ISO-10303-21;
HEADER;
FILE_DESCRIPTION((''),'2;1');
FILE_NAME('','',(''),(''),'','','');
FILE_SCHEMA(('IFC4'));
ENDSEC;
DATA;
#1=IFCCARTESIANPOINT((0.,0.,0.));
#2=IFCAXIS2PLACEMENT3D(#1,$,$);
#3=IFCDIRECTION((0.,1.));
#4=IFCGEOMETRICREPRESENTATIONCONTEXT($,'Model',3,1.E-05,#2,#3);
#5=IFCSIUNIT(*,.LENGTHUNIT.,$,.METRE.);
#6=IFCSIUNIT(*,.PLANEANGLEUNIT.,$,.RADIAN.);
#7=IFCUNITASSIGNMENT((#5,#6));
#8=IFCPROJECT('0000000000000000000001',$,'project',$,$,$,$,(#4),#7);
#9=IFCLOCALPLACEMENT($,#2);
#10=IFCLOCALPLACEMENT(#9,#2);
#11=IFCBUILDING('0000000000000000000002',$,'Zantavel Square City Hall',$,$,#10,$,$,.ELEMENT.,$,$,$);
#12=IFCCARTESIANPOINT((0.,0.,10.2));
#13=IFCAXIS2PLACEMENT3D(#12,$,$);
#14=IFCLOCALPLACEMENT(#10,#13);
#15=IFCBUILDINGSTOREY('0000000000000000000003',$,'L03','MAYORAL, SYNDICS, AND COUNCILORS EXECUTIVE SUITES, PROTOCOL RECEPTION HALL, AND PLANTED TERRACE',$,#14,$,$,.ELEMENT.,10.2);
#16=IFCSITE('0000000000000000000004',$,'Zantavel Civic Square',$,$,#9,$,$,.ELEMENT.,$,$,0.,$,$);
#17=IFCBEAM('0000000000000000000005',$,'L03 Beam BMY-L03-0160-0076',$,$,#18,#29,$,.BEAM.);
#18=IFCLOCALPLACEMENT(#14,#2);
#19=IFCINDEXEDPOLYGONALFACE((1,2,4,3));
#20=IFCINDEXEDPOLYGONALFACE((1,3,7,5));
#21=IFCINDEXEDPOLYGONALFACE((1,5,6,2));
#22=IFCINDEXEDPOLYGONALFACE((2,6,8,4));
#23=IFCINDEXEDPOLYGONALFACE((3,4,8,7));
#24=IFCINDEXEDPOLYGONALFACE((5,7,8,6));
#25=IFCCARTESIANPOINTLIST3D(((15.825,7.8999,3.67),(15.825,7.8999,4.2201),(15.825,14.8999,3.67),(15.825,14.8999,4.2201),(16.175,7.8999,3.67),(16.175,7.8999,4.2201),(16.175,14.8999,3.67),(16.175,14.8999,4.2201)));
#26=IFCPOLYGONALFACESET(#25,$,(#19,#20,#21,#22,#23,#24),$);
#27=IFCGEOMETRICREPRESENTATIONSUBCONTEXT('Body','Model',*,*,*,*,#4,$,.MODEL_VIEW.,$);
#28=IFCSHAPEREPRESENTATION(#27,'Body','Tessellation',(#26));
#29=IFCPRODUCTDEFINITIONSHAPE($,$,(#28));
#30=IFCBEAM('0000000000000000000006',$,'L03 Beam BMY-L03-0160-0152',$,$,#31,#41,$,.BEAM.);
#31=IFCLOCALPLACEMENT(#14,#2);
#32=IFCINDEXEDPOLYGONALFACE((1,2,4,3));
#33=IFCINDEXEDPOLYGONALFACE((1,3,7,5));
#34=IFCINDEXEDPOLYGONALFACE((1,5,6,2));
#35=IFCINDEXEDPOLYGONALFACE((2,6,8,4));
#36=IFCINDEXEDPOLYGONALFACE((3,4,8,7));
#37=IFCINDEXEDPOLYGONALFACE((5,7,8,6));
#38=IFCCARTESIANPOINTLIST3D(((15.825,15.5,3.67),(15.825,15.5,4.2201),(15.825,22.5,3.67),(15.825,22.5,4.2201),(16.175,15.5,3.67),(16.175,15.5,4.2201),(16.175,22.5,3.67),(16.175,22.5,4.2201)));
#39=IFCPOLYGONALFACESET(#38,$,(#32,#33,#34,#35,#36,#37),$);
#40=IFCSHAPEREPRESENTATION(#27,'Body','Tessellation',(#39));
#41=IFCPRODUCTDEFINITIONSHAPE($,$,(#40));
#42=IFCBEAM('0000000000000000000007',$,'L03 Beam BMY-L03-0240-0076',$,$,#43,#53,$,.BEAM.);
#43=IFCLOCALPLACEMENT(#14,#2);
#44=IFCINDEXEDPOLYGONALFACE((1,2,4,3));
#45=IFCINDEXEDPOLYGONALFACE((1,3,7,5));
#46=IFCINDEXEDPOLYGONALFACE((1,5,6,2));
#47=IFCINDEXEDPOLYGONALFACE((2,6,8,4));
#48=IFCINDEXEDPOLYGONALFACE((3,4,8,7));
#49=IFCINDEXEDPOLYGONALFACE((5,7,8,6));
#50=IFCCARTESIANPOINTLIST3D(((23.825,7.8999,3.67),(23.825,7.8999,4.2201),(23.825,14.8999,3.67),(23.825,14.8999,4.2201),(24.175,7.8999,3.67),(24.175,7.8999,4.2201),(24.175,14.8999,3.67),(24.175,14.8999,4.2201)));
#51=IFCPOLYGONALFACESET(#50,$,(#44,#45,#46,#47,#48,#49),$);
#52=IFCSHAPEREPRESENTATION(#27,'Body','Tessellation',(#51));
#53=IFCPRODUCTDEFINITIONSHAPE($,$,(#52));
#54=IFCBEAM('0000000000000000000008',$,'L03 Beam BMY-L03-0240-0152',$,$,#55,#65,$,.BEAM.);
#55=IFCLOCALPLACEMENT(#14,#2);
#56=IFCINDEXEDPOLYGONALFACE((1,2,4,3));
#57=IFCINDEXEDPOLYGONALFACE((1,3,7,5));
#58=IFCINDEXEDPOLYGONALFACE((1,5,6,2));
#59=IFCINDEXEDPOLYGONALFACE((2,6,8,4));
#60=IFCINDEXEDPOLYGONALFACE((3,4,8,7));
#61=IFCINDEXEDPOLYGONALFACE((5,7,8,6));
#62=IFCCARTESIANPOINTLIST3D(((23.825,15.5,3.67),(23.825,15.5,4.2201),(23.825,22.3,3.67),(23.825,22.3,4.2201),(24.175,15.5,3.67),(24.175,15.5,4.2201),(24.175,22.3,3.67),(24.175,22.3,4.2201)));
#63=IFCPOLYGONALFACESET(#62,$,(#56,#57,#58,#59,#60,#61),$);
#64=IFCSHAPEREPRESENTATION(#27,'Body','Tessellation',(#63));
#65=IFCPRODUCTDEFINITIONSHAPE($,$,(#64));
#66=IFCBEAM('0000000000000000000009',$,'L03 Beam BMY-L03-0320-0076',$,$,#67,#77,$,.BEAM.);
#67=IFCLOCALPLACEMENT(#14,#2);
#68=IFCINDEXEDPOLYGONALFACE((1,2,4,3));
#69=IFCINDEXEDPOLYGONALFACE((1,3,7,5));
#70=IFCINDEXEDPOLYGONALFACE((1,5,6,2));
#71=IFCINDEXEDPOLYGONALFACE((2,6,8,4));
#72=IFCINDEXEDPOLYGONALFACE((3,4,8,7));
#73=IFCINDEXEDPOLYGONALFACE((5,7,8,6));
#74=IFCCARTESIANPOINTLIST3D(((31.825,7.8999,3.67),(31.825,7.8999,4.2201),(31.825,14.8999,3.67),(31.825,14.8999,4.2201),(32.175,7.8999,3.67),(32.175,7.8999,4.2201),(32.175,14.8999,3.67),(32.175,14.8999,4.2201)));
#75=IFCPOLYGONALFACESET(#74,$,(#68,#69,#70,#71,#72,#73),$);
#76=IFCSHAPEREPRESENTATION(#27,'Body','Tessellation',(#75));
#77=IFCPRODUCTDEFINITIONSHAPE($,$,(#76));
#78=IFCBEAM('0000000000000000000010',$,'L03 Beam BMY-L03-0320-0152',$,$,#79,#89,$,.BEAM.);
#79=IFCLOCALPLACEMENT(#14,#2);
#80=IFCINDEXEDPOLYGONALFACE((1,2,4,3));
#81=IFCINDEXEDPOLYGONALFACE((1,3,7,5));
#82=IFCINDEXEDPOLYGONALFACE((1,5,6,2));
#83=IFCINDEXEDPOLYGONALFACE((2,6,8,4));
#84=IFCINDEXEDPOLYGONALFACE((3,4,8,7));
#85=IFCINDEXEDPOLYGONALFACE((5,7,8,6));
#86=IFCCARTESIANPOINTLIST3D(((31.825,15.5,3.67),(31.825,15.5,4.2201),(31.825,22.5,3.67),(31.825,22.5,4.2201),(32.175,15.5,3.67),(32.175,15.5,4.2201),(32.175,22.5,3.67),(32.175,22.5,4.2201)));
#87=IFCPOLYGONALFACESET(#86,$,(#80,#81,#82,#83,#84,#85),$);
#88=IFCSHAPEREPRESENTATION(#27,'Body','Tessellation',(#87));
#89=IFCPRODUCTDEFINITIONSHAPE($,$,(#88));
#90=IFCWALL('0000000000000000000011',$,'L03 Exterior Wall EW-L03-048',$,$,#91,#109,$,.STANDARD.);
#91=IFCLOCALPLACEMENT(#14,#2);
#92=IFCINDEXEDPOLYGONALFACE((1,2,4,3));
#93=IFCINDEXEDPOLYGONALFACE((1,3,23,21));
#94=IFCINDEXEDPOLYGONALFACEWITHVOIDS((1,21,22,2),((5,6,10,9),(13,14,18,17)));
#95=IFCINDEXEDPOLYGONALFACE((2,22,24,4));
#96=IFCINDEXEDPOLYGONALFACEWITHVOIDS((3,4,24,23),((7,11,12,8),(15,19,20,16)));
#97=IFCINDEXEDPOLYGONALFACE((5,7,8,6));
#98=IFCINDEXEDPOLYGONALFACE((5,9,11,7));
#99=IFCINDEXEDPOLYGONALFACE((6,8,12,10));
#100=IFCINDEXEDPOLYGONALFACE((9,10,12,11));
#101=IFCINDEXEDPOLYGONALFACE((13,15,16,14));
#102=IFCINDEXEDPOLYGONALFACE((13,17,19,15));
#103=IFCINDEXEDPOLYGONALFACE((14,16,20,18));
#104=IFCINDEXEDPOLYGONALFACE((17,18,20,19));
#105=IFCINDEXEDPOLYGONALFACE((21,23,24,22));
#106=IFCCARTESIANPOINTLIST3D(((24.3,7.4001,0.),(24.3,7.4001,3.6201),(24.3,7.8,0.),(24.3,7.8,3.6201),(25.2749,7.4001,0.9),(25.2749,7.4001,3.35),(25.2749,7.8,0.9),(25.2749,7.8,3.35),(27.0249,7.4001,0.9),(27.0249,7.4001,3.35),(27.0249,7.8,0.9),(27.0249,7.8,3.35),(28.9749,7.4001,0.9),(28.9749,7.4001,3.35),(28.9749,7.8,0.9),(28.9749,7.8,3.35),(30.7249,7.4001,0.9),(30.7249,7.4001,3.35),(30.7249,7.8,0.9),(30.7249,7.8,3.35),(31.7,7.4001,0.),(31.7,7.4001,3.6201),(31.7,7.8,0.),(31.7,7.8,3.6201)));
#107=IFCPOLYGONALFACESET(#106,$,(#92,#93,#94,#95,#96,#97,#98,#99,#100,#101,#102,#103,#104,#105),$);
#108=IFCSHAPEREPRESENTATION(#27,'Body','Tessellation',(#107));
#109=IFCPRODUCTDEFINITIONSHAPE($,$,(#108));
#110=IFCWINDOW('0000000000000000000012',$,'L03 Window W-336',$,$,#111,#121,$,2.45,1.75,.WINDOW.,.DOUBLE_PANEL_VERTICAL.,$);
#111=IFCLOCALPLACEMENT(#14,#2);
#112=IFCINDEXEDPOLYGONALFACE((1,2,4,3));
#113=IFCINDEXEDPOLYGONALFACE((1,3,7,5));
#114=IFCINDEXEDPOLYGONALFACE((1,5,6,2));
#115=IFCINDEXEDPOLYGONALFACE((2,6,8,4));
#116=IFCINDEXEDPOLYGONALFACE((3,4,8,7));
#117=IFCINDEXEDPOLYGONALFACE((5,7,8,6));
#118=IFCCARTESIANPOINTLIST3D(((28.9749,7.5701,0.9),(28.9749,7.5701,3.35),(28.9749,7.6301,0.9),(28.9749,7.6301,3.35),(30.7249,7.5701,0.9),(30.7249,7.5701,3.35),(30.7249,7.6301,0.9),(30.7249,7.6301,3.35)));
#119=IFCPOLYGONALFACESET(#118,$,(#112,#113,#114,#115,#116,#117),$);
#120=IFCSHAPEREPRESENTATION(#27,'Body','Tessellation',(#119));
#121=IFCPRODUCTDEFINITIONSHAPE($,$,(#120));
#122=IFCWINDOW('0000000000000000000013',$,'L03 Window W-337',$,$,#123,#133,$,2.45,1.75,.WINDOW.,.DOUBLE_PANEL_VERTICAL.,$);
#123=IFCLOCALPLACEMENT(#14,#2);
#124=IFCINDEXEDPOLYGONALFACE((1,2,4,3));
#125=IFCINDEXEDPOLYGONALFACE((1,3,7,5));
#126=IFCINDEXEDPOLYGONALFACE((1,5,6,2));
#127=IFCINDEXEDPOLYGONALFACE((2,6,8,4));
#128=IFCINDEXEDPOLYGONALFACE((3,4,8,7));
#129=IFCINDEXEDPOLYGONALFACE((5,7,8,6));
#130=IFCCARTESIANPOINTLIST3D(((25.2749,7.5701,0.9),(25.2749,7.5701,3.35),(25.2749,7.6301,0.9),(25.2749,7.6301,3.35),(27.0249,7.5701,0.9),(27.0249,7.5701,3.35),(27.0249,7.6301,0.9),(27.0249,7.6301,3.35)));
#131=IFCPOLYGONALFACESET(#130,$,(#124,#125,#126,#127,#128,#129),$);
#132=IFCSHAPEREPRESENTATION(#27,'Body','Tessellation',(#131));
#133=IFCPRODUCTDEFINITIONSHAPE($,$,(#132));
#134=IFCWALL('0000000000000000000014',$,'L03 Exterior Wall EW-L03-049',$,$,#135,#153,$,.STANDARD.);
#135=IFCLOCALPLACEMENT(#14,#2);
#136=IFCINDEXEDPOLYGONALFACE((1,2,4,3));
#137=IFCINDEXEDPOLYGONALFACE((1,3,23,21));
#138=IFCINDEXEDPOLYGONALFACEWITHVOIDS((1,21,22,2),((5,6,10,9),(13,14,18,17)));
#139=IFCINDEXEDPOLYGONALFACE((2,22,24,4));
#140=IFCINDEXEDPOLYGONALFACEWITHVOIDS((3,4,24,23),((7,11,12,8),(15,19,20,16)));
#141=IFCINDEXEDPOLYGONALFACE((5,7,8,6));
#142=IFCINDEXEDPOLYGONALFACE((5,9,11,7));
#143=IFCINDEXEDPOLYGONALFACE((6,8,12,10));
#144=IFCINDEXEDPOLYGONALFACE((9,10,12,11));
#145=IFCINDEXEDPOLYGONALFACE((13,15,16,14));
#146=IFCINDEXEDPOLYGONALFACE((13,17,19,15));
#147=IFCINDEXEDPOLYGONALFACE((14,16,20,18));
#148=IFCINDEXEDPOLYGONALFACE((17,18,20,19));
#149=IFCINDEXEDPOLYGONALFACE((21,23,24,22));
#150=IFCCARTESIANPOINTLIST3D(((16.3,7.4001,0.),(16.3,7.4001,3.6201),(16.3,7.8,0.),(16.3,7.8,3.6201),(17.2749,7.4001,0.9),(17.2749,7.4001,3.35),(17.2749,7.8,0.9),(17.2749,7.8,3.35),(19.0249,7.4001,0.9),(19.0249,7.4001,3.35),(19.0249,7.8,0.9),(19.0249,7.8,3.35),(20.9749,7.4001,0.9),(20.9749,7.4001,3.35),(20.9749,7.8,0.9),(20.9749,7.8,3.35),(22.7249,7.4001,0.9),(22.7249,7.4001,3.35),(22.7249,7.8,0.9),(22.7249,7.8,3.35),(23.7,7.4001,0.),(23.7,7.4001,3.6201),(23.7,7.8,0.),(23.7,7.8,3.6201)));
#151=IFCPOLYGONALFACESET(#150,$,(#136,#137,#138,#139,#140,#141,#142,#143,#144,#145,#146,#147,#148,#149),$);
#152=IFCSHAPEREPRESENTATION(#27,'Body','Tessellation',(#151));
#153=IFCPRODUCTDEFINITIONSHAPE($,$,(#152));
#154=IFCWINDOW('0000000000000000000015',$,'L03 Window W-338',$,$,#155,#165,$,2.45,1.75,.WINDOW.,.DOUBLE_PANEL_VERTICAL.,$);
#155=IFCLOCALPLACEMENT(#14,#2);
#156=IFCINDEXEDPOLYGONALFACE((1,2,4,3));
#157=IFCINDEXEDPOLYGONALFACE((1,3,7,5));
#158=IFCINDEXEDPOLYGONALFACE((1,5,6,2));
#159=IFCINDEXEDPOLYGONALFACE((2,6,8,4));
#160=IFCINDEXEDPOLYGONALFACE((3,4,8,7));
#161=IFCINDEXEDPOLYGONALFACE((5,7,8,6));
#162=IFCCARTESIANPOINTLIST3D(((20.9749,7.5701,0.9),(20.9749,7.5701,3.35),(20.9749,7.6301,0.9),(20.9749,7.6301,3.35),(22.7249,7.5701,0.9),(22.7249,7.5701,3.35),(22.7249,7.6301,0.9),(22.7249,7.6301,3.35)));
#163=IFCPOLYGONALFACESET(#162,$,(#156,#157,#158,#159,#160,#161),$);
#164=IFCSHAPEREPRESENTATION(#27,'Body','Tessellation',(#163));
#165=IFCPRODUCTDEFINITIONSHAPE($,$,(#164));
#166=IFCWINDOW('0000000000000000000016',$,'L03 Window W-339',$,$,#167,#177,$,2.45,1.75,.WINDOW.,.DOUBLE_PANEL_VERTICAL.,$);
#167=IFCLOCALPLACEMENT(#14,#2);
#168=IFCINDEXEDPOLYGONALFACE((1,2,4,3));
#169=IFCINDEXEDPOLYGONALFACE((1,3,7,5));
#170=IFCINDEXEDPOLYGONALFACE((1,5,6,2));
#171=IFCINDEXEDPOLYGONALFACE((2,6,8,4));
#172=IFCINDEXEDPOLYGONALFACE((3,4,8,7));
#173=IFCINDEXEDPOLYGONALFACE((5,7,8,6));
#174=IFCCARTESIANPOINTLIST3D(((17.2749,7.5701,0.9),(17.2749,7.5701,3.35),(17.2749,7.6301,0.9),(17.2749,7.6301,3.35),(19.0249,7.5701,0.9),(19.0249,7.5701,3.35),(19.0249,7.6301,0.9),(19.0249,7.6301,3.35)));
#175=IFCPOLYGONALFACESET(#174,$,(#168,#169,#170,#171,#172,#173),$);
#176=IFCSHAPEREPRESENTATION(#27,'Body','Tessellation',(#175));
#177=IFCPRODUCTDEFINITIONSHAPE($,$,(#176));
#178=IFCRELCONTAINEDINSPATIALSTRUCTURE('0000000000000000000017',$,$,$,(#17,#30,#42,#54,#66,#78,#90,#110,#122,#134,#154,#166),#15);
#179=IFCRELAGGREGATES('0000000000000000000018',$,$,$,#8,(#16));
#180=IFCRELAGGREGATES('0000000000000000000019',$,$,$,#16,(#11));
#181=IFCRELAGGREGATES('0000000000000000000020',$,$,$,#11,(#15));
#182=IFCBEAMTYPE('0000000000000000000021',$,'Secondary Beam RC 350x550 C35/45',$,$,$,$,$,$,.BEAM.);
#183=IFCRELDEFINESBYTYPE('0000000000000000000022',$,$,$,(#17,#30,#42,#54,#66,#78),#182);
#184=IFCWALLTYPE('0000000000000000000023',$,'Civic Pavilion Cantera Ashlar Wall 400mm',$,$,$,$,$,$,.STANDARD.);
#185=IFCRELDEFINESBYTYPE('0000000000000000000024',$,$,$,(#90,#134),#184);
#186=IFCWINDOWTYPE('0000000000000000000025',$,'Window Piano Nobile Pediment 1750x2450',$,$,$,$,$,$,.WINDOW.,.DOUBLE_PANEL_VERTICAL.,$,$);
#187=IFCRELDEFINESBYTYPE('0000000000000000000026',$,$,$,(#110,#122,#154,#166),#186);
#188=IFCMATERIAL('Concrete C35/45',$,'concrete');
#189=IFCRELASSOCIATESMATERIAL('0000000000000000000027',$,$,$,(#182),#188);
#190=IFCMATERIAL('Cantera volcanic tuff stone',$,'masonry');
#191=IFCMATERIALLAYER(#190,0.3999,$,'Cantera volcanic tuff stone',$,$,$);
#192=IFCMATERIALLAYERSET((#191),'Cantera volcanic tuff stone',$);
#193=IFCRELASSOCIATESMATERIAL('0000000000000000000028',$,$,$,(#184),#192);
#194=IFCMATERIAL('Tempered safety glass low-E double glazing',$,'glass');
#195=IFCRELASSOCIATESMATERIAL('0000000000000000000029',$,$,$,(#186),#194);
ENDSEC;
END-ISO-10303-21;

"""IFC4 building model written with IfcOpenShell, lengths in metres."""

from ifc_helpers import new_model, si_unit, direction, frame, frame_2d, origin, origin_2d, place, context, subcontext, project, spatial, rectangle, extrude, material, layer, layer_set, material_profile, profile_set, type_object, element, fill, save


model = new_model("IFC4")

# Units and contexts
model_context = context("Model", 3, precision=1e-05, world=origin(), true_north=direction((0.0, 1.0)))
body_context = subcontext(model_context, "Body", "Model", "MODEL_VIEW")
ifc_project = project(units=[si_unit("LENGTHUNIT", "METRE"), si_unit("PLANEANGLEUNIT", "RADIAN")], contexts=[model_context])

# Site, building, storey
site_placement = place(None, origin())
site = spatial("IfcSite", under=ifc_project, at=site_placement, Name="Zantavel Civic Square", CompositionType="ELEMENT", RefElevation=0.0)
building_placement = place(site_placement, origin())
building = spatial("IfcBuilding", under=site, at=building_placement, Name="Zantavel Square City Hall", CompositionType="ELEMENT")
storey_placement = place(building_placement, frame((0.0, 0.0, 10.2)))
storey = spatial("IfcBuildingStorey", under=building, at=storey_placement, Name="L03", Description="MAYORAL, SYNDICS, AND COUNCILORS EXECUTIVE SUITES, PROTOCOL RECEPTION HALL, AND PLANTED TERRACE", CompositionType="ELEMENT", Elevation=10.2)

# Beams
ifc_material_1 = material(Name="Concrete C35/45", Category="concrete")
ifc_material_profile_1 = material_profile(ifc_material_1, rectangle(XDim=0.3501, YDim=0.55, at=origin_2d()), Name="RC 350x550")
ifc_profile_set_1 = profile_set([ifc_material_profile_1], Name="Concrete C35/45")
beam_type_1 = type_object("IfcBeamType", Name="Secondary Beam RC 350x550 C35/45", PredefinedType="BEAM", material=ifc_profile_set_1)
for number, where, z_axis, x_axis, name in (
    (1, (16.0, 7.8999, 3.9451), (0.0, 1.0, 0.0), (-1.0, 0.0, 0.0), "L03 Beam BMY-L03-0160-0076"),
    (2, (16.0, 15.5, 3.9451), (0.0, 1.0, 0.0), (-1.0, 0.0, 0.0), "L03 Beam BMY-L03-0160-0152"),
    (3, (24.0, 7.8999, 3.9451), (0.0, 1.0, 0.0), (-1.0, 0.0, 0.0), "L03 Beam BMY-L03-0240-0076"),
):
    element("IfcBeam", number, at=place(storey_placement, frame(where, z_axis=z_axis, x_axis=x_axis)), inside=storey, type_object=beam_type_1, Name=name, PredefinedType="BEAM", context=body_context, shape_type="SweptSolid", body=[
        extrude(rectangle(XDim=0.3501, YDim=0.55, at=origin_2d()), origin(), (0.0, 0.0, 1.0), 7.0),
    ])
beam_1_placement = place(storey_placement, frame((24.0, 15.5, 3.9451), z_axis=(0.0, 1.0, 0.0), x_axis=(-1.0, 0.0, 0.0)))
element("IfcBeam", 4, at=beam_1_placement, inside=storey, type_object=beam_type_1, Name="L03 Beam BMY-L03-0240-0152", PredefinedType="BEAM", context=body_context, shape_type="SweptSolid", body=[
    extrude(rectangle(XDim=0.3501, YDim=0.55, at=origin_2d()), origin(), (0.0, 0.0, 1.0), 6.8),
])
for number, where, z_axis, x_axis, name in (
    (5, (32.0, 7.8999, 3.9451), (0.0, 1.0, 0.0), (-1.0, 0.0, 0.0), "L03 Beam BMY-L03-0320-0076"),
    (6, (32.0, 15.5, 3.9451), (0.0, 1.0, 0.0), (-1.0, 0.0, 0.0), "L03 Beam BMY-L03-0320-0152"),
):
    element("IfcBeam", number, at=place(storey_placement, frame(where, z_axis=z_axis, x_axis=x_axis)), inside=storey, type_object=beam_type_1, Name=name, PredefinedType="BEAM", context=body_context, shape_type="SweptSolid", body=[
        extrude(rectangle(XDim=0.3501, YDim=0.55, at=origin_2d()), origin(), (0.0, 0.0, 1.0), 7.0),
    ])

# Walls, openings, windows
ifc_material_2 = material(Name="Cantera volcanic tuff stone", Category="masonry")
ifc_layer_1 = layer(ifc_material_2, 0.3999, Name="Cantera volcanic tuff stone")
ifc_layer_set_1 = layer_set([ifc_layer_1], Name="Cantera volcanic tuff stone")
wall_type_1 = type_object("IfcWallType", Name="Civic Pavilion Cantera Ashlar Wall 400mm", PredefinedType="STANDARD", material=ifc_layer_set_1)
wall_1_placement = place(storey_placement, frame((31.7, 7.6001, 0.0), z_axis=(0.0, 0.0, 1.0), x_axis=(-1.0, 0.0, 0.0)))
wall_1 = element("IfcWall", 7, at=wall_1_placement, inside=storey, type_object=wall_type_1, Name="L03 Exterior Wall EW-L03-048", PredefinedType="STANDARD", context=body_context, shape_type="SweptSolid", body=[
    extrude(rectangle(XDim=7.3999, YDim=0.3999, at=frame_2d((3.7, 0.0))), origin(), (0.0, 0.0, 1.0), 3.6201),
])
opening_1_placement = place(wall_1_placement, frame((0.9751, 0.0, 0.8999)))
opening_1 = element("IfcOpeningElement", 8, at=opening_1_placement, cuts=wall_1, PredefinedType="OPENING", context=body_context, shape_type="SweptSolid", body=[
    extrude(rectangle(XDim=1.75, YDim=2.45, at=frame_2d((0.875, 1.2251))), frame((0.0, 0.21, 0.0), z_axis=(0.0, -1.0, 0.0), x_axis=(1.0, 0.0, 0.0)), (0.0, 0.0, 1.0), 0.4199),
])
opening_2_placement = place(wall_1_placement, frame((4.675, 0.0, 0.8999)))
opening_2 = element("IfcOpeningElement", 9, at=opening_2_placement, cuts=wall_1, PredefinedType="OPENING", context=body_context, shape_type="SweptSolid", body=[
    extrude(rectangle(XDim=1.75, YDim=2.45, at=frame_2d((0.875, 1.2251))), frame((0.0, 0.21, 0.0), z_axis=(0.0, -1.0, 0.0), x_axis=(1.0, 0.0, 0.0)), (0.0, 0.0, 1.0), 0.4199),
])
ifc_material_3 = material(Name="Tempered safety glass low-E double glazing", Category="glass")
window_type = type_object("IfcWindowType", Name="Window Piano Nobile Pediment 1750x2450", PartitioningType="DOUBLE_PANEL_VERTICAL", PredefinedType="WINDOW", material=ifc_material_3)
window_1_placement = place(opening_1_placement, origin())
window_1 = element("IfcWindow", 10, at=window_1_placement, inside=storey, type_object=window_type, Name="L03 Window W-336", OverallHeight=2.45, OverallWidth=1.75, PartitioningType="DOUBLE_PANEL_VERTICAL", PredefinedType="WINDOW", context=body_context, shape_type="SweptSolid", body=[
    extrude(rectangle(XDim=1.75, YDim=2.45, at=frame_2d((0.875, 1.2251))), frame((0.0, 0.03, 0.0), z_axis=(0.0, -1.0, 0.0), x_axis=(1.0, 0.0, 0.0)), (0.0, 0.0, 1.0), 0.0601),
])
fill(opening_1, window_1)
window_2_placement = place(opening_2_placement, origin())
window_2 = element("IfcWindow", 11, at=window_2_placement, inside=storey, type_object=window_type, Name="L03 Window W-337", OverallHeight=2.45, OverallWidth=1.75, PartitioningType="DOUBLE_PANEL_VERTICAL", PredefinedType="WINDOW", context=body_context, shape_type="SweptSolid", body=[
    extrude(rectangle(XDim=1.75, YDim=2.45, at=frame_2d((0.875, 1.2251))), frame((0.0, 0.03, 0.0), z_axis=(0.0, -1.0, 0.0), x_axis=(1.0, 0.0, 0.0)), (0.0, 0.0, 1.0), 0.0601),
])
fill(opening_2, window_2)
wall_2_placement = place(storey_placement, frame((23.7, 7.6001, 0.0), z_axis=(0.0, 0.0, 1.0), x_axis=(-1.0, 0.0, 0.0)))
wall_2 = element("IfcWall", 12, at=wall_2_placement, inside=storey, type_object=wall_type_1, Name="L03 Exterior Wall EW-L03-049", PredefinedType="STANDARD", context=body_context, shape_type="SweptSolid", body=[
    extrude(rectangle(XDim=7.3999, YDim=0.3999, at=frame_2d((3.7, 0.0))), origin(), (0.0, 0.0, 1.0), 3.6201),
])
opening_3_placement = place(wall_2_placement, frame((0.9751, 0.0, 0.8999)))
opening_3 = element("IfcOpeningElement", 13, at=opening_3_placement, cuts=wall_2, PredefinedType="OPENING", context=body_context, shape_type="SweptSolid", body=[
    extrude(rectangle(XDim=1.75, YDim=2.45, at=frame_2d((0.875, 1.2251))), frame((0.0, 0.21, 0.0), z_axis=(0.0, -1.0, 0.0), x_axis=(1.0, 0.0, 0.0)), (0.0, 0.0, 1.0), 0.4199),
])
opening_4_placement = place(wall_2_placement, frame((4.675, 0.0, 0.8999)))
opening_4 = element("IfcOpeningElement", 14, at=opening_4_placement, cuts=wall_2, PredefinedType="OPENING", context=body_context, shape_type="SweptSolid", body=[
    extrude(rectangle(XDim=1.75, YDim=2.45, at=frame_2d((0.875, 1.2251))), frame((0.0, 0.21, 0.0), z_axis=(0.0, -1.0, 0.0), x_axis=(1.0, 0.0, 0.0)), (0.0, 0.0, 1.0), 0.4199),
])
window_3_placement = place(opening_3_placement, origin())
window_3 = element("IfcWindow", 15, at=window_3_placement, inside=storey, type_object=window_type, Name="L03 Window W-338", OverallHeight=2.45, OverallWidth=1.75, PartitioningType="DOUBLE_PANEL_VERTICAL", PredefinedType="WINDOW", context=body_context, shape_type="SweptSolid", body=[
    extrude(rectangle(XDim=1.75, YDim=2.45, at=frame_2d((0.875, 1.2251))), frame((0.0, 0.03, 0.0), z_axis=(0.0, -1.0, 0.0), x_axis=(1.0, 0.0, 0.0)), (0.0, 0.0, 1.0), 0.0601),
])
fill(opening_3, window_3)
window_4_placement = place(opening_4_placement, origin())
window_4 = element("IfcWindow", 16, at=window_4_placement, inside=storey, type_object=window_type, Name="L03 Window W-339", OverallHeight=2.45, OverallWidth=1.75, PartitioningType="DOUBLE_PANEL_VERTICAL", PredefinedType="WINDOW", context=body_context, shape_type="SweptSolid", body=[
    extrude(rectangle(XDim=1.75, YDim=2.45, at=frame_2d((0.875, 1.2251))), frame((0.0, 0.03, 0.0), z_axis=(0.0, -1.0, 0.0), x_axis=(1.0, 0.0, 0.0)), (0.0, 0.0, 1.0), 0.0601),
])
fill(opening_4, window_4)

save(model, "model.ifc")
